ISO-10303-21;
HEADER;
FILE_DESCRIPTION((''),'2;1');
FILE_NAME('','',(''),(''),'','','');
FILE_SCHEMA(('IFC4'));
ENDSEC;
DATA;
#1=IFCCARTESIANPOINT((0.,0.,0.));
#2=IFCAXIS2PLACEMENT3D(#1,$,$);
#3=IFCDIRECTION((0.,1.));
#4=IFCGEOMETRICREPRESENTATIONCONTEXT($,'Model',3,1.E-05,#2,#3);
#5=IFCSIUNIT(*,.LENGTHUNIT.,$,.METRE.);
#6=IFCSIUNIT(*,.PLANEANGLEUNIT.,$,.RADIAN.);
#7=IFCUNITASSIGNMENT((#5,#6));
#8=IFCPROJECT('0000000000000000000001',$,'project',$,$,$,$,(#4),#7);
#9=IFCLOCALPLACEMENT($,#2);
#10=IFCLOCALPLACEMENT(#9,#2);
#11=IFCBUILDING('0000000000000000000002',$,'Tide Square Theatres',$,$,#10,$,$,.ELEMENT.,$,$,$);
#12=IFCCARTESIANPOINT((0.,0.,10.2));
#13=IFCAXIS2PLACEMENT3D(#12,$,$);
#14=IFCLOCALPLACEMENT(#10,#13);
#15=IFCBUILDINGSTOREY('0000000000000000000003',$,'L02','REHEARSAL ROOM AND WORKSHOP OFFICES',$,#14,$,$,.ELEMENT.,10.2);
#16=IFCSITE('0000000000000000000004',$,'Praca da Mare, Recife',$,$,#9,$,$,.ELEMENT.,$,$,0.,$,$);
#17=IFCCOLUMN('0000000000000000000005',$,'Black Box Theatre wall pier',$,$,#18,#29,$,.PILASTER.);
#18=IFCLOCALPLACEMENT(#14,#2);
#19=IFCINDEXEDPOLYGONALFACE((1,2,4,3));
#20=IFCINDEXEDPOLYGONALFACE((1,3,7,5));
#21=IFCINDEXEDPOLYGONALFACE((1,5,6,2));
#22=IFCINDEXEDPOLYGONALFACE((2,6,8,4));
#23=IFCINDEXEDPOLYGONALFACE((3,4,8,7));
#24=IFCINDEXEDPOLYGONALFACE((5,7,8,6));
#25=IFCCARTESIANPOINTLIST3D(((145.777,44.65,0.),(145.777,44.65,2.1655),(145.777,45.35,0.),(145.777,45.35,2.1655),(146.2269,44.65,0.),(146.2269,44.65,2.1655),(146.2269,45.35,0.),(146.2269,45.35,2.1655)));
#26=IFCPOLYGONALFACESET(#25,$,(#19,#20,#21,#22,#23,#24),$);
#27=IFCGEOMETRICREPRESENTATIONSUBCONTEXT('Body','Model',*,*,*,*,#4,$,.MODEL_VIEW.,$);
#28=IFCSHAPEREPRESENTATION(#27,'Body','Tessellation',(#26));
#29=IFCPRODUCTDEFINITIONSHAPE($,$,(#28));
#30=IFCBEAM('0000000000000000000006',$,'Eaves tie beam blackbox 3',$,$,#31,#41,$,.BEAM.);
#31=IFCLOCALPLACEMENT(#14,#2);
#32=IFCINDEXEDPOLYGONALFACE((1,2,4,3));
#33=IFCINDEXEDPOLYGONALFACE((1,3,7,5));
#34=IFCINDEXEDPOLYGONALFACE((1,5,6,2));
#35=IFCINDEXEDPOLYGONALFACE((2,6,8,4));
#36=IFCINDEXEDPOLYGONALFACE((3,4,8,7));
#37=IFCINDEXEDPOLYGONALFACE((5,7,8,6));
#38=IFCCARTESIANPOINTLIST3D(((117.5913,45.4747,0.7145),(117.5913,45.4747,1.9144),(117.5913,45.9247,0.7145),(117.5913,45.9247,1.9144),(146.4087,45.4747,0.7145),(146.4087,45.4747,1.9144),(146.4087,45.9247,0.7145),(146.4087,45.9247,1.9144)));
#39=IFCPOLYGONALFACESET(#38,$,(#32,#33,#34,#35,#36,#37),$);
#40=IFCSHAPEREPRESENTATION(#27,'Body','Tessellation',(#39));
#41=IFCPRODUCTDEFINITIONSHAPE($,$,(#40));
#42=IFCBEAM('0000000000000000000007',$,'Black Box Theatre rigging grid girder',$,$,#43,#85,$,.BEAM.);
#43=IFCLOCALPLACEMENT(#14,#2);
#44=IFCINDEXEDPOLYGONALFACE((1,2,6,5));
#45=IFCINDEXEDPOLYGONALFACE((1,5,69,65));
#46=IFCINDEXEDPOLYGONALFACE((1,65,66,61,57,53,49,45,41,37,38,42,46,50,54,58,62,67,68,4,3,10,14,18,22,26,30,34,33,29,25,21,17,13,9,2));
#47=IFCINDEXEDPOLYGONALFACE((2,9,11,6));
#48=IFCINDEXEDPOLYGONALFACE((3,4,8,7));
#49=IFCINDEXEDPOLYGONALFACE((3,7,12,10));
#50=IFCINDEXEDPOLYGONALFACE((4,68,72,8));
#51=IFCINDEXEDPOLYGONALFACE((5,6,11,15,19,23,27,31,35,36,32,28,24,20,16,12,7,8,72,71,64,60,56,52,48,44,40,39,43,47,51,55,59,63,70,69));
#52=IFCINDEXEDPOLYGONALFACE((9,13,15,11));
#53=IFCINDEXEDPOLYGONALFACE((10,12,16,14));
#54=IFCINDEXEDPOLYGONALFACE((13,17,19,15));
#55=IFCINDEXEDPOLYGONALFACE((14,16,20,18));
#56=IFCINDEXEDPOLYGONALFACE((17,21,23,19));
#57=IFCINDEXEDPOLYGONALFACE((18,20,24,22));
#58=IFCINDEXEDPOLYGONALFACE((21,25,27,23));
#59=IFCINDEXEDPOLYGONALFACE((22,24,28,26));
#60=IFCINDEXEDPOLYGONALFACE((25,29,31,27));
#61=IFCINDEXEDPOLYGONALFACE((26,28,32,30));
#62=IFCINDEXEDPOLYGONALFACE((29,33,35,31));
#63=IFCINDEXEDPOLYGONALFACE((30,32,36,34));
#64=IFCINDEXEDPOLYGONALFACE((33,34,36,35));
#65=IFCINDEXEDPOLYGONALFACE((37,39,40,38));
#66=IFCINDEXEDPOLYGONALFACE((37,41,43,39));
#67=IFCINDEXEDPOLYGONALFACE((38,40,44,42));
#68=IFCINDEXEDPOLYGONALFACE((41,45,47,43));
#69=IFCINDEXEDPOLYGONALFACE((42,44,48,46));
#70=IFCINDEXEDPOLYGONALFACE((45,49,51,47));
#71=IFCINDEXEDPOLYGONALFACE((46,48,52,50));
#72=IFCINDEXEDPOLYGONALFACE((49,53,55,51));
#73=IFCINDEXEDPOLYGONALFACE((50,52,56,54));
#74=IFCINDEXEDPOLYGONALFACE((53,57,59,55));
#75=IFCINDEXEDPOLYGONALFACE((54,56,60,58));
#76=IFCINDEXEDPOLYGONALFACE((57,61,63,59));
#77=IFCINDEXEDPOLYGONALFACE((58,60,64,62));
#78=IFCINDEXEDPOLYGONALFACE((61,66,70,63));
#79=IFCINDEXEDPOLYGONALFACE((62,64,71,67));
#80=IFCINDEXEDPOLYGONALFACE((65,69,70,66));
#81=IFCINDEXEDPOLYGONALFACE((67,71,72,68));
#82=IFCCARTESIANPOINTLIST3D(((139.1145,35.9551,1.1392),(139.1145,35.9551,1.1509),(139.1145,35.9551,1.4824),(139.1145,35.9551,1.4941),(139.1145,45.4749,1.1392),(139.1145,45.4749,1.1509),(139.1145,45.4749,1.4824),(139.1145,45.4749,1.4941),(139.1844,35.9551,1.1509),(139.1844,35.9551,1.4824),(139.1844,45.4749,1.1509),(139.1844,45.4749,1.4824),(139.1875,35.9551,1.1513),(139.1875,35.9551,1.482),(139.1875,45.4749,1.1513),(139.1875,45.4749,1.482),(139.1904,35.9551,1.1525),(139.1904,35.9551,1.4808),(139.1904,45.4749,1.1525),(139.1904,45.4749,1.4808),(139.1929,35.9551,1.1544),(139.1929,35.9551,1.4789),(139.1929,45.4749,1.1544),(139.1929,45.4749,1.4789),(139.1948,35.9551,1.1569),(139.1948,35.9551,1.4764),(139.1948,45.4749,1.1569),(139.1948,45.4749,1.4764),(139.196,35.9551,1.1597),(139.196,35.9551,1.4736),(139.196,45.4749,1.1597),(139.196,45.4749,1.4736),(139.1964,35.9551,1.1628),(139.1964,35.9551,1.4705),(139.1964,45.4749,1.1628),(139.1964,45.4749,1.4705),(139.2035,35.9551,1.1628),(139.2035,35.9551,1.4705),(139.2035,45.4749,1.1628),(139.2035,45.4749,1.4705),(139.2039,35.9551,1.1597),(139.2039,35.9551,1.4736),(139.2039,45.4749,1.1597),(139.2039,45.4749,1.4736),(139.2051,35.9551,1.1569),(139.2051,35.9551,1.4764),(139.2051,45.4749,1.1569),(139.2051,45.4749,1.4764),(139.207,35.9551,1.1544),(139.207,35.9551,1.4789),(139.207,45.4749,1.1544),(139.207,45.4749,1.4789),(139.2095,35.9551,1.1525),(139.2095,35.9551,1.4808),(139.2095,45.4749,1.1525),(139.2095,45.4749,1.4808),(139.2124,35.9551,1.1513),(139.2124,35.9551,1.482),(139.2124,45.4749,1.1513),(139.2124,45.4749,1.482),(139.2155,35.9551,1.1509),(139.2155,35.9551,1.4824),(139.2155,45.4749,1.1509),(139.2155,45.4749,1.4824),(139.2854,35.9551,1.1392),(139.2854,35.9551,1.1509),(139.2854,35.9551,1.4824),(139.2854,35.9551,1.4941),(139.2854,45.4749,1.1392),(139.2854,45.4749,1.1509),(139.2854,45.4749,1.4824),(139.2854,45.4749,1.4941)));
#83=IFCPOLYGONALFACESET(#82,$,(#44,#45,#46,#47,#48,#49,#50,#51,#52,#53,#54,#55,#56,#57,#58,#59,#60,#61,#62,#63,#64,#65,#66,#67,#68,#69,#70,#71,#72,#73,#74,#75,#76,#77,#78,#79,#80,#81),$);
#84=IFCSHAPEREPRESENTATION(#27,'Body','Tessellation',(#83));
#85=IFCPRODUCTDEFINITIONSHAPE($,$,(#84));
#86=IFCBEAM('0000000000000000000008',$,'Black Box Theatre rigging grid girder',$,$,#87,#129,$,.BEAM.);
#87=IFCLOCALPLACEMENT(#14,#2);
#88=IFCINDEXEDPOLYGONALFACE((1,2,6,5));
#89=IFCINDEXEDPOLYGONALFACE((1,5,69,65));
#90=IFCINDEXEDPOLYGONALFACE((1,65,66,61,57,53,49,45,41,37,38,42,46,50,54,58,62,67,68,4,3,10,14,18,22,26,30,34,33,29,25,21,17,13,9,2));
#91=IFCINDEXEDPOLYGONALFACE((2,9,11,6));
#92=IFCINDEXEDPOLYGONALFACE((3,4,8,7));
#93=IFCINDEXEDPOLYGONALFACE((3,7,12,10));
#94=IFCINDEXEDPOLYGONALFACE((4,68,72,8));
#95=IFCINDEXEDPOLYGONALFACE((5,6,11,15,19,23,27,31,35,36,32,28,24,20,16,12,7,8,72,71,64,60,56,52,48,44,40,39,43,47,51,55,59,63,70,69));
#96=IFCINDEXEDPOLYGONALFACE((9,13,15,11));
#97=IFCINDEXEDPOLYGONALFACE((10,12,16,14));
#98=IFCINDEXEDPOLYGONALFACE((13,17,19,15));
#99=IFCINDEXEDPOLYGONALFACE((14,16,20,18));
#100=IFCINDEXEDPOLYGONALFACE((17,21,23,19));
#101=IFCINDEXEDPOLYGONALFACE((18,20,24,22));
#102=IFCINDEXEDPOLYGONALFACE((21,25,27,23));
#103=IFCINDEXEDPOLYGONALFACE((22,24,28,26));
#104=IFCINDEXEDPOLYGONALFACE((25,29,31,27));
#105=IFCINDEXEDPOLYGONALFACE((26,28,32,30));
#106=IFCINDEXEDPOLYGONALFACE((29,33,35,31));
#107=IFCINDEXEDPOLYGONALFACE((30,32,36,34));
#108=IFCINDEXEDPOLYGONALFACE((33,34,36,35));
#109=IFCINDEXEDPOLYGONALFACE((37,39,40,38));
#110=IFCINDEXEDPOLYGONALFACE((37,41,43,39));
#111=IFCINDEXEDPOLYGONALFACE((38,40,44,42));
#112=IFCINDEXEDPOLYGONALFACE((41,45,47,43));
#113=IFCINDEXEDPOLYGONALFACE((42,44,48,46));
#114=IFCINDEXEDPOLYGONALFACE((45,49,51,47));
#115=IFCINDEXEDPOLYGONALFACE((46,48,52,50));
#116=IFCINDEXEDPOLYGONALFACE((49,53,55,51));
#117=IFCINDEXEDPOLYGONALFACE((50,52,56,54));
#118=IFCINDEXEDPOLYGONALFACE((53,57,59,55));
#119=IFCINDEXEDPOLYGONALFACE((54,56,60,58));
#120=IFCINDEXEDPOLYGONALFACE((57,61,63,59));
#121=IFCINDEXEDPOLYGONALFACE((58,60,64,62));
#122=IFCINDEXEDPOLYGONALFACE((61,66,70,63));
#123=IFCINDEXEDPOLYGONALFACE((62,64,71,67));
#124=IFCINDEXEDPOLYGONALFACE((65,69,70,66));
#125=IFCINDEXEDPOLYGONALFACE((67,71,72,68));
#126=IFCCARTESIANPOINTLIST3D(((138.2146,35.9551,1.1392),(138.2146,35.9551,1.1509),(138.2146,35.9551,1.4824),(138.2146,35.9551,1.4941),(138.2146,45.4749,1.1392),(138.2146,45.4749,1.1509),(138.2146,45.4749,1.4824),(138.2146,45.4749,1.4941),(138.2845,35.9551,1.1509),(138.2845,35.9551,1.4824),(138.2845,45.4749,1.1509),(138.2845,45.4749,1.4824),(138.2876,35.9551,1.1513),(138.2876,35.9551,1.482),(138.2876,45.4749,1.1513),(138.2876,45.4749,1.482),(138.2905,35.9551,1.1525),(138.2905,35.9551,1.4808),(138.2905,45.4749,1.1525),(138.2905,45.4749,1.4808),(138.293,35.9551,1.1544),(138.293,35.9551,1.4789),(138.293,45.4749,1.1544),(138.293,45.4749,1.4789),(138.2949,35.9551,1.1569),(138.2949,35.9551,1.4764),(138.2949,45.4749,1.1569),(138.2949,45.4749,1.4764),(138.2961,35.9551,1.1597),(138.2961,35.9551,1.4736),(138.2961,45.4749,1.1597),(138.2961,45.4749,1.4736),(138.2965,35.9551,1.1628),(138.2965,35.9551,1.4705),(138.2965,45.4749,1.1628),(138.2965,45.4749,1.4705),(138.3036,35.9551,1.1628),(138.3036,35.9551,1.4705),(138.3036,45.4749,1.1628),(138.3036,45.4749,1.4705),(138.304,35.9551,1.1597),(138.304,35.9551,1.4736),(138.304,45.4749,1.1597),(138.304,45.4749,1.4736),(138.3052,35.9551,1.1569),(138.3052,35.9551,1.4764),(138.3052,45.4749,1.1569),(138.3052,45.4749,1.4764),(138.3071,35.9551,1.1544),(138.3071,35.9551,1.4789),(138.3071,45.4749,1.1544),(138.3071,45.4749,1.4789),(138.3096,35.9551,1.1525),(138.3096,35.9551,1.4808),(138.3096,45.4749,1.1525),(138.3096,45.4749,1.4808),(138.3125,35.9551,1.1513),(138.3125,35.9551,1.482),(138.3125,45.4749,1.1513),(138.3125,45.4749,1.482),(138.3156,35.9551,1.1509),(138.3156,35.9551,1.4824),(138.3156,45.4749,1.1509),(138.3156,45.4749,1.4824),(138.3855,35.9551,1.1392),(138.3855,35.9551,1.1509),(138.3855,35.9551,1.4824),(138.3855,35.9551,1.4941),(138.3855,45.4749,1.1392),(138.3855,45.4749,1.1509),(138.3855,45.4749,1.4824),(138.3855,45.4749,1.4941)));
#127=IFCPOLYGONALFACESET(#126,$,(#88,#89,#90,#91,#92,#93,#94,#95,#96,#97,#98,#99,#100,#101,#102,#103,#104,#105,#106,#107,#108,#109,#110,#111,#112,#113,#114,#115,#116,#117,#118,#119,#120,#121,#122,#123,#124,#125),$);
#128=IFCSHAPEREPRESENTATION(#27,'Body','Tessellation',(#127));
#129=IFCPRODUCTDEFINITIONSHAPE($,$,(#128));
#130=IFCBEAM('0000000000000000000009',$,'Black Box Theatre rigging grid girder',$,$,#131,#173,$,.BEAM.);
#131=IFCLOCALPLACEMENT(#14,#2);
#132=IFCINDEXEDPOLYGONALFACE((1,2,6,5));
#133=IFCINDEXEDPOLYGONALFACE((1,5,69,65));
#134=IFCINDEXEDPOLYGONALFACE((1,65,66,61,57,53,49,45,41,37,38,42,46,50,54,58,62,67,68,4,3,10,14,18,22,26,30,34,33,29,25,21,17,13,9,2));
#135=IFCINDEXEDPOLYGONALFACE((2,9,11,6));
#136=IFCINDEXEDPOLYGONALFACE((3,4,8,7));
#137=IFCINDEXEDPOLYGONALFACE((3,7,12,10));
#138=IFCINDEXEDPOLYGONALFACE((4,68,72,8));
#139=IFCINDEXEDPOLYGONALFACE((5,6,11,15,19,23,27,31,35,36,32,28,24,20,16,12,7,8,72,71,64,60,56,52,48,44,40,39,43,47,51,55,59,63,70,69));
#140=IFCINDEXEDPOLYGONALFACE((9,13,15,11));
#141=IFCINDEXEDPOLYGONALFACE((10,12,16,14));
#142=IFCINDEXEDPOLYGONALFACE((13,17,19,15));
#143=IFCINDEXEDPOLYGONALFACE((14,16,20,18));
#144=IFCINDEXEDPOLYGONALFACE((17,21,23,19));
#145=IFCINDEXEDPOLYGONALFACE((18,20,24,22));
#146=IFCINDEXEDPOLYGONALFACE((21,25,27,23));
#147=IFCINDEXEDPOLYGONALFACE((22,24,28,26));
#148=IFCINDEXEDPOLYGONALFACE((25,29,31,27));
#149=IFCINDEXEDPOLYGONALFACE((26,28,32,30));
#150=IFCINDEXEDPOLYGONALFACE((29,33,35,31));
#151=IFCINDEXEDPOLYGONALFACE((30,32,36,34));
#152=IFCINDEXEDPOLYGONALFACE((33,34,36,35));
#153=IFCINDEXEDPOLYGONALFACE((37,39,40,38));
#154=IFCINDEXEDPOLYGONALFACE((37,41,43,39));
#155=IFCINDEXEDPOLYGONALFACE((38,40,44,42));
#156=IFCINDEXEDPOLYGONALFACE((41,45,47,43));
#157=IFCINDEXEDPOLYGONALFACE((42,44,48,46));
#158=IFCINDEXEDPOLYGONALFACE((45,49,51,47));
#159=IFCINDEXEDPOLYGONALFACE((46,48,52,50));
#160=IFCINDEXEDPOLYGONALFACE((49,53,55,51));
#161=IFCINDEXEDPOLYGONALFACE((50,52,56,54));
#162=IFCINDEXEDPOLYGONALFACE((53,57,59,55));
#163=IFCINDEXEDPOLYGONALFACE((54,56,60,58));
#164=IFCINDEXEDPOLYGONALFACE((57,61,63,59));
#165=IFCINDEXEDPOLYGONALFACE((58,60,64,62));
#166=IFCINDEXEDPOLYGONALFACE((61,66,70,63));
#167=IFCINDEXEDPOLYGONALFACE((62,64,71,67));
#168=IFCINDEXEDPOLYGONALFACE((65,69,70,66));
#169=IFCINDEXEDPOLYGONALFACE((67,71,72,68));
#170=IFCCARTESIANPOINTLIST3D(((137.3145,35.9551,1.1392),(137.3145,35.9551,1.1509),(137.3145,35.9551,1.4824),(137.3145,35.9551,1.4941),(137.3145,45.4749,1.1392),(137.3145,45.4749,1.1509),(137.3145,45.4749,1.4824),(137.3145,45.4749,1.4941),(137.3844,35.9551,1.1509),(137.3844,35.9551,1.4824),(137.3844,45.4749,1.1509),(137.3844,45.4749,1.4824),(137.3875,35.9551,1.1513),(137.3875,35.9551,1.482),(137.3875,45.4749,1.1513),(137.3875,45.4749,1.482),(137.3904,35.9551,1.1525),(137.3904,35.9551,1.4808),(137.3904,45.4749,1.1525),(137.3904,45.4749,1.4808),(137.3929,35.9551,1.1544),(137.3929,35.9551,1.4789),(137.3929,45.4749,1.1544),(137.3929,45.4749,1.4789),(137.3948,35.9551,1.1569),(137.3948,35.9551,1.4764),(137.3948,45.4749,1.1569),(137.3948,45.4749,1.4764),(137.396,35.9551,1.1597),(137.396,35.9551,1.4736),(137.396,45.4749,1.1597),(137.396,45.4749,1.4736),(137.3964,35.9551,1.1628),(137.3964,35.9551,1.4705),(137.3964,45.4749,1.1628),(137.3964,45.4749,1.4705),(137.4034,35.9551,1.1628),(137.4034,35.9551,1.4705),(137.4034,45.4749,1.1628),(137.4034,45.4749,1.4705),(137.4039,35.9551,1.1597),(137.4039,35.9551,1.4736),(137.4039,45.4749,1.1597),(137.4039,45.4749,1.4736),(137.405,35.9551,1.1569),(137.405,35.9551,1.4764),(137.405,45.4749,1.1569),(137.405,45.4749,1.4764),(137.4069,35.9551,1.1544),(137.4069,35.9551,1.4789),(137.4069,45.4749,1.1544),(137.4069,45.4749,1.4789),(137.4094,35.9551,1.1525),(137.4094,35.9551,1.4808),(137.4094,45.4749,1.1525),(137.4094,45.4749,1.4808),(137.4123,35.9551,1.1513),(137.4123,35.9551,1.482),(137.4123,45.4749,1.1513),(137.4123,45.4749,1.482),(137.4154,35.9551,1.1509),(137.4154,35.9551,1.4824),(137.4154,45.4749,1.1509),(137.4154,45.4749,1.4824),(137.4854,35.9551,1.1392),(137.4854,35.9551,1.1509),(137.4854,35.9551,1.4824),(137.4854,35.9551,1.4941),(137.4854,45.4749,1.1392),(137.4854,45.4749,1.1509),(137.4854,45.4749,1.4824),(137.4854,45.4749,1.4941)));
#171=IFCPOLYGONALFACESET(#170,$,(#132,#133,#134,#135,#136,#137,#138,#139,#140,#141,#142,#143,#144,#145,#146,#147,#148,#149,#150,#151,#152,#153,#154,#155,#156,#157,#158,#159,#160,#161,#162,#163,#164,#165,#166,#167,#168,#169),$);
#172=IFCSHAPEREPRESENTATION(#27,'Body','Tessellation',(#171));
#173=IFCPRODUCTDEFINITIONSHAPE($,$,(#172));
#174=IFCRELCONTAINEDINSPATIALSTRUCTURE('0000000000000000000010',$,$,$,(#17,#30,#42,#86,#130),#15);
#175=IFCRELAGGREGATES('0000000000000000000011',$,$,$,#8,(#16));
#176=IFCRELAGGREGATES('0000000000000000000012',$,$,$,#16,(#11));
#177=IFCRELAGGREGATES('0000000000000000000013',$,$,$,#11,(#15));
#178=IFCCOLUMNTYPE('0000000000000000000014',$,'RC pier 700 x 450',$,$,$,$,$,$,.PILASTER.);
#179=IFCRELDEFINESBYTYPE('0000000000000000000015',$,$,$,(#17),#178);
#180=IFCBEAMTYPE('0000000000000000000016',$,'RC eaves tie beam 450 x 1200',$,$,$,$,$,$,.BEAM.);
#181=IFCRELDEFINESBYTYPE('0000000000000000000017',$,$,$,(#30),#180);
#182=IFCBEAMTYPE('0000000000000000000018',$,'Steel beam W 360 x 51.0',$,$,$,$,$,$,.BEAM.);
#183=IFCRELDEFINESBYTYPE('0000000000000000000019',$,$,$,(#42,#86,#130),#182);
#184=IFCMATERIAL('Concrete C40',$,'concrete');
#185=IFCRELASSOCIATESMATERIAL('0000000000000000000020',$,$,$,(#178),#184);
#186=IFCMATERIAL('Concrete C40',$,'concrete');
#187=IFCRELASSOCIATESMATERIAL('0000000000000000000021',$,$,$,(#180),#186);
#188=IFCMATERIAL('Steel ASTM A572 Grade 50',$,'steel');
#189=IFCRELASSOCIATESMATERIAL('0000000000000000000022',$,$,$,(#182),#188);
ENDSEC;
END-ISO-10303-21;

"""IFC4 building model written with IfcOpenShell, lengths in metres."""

from ifc_helpers import new_model, si_unit, direction, frame, origin, origin_2d, place, context, subcontext, project, spatial, rectangle, i_section, extrude, material, material_profile, profile_set, type_object, element, save


model = new_model("IFC4")

# Units and contexts
model_context = context("Model", 3, precision=1e-05, world=origin(), true_north=direction((0.0, 1.0)))
body_context = subcontext(model_context, "Body", "Model", "MODEL_VIEW")
ifc_project = project(units=[si_unit("LENGTHUNIT", "METRE"), si_unit("PLANEANGLEUNIT", "RADIAN")], contexts=[model_context])

# Site, building, storey
site_placement = place(None, origin())
site = spatial("IfcSite", under=ifc_project, at=site_placement, Name="Praca da Mare, Recife", CompositionType="ELEMENT", RefElevation=0.0)
building_placement = place(site_placement, origin())
building = spatial("IfcBuilding", under=site, at=building_placement, Name="Tide Square Theatres", CompositionType="ELEMENT")
storey_placement = place(building_placement, frame((0.0, 0.0, 10.2)))
storey = spatial("IfcBuildingStorey", under=building, at=storey_placement, Name="L02", Description="REHEARSAL ROOM AND WORKSHOP OFFICES", CompositionType="ELEMENT", Elevation=10.2)

# Column
ifc_material_1 = material(Name="Concrete C40", Category="concrete")
ifc_material_profile_1 = material_profile(ifc_material_1, rectangle(XDim=0.7, YDim=0.45, at=origin_2d()))
ifc_profile_set_1 = profile_set([ifc_material_profile_1], Name="Concrete C40")
column_type = type_object("IfcColumnType", Name="RC pier 700 x 450", PredefinedType="PILASTER", material=ifc_profile_set_1)
column_placement = place(storey_placement, frame((146.002, 45.0, 0.0), z_axis=(0.0, 0.0, 1.0), x_axis=(0.0, 1.0, 0.0)))
element("IfcColumn", 1, at=column_placement, inside=storey, type_object=column_type, Name="Black Box Theatre wall pier", PredefinedType="PILASTER", context=body_context, shape_type="SweptSolid", body=[
    extrude(rectangle(XDim=0.7, YDim=0.45, at=origin_2d()), origin(), (0.0, 0.0, 1.0), 2.1655),
])

# Beams
ifc_material_2 = material(Name="Concrete C40", Category="concrete")
ifc_material_profile_2 = material_profile(ifc_material_2, rectangle(XDim=0.45, YDim=1.2, at=origin_2d()))
ifc_profile_set_2 = profile_set([ifc_material_profile_2], Name="Concrete C40")
beam_type_1 = type_object("IfcBeamType", Name="RC eaves tie beam 450 x 1200", PredefinedType="BEAM", material=ifc_profile_set_2)
beam_placement = place(storey_placement, frame((146.4087, 45.6997, 1.3145), z_axis=(-1.0, 0.0, 0.0), x_axis=(0.0, -1.0, 0.0)))
element("IfcBeam", 2, at=beam_placement, inside=storey, type_object=beam_type_1, Name="Eaves tie beam blackbox 3", PredefinedType="BEAM", context=body_context, shape_type="SweptSolid", body=[
    extrude(rectangle(XDim=0.45, YDim=1.2, at=origin_2d()), origin(), (0.0, 0.0, 1.0), 28.8174),
])
ifc_material_3 = material(Name="Steel ASTM A572 Grade 50", Category="steel")
ifc_material_profile_3 = material_profile(ifc_material_3, i_section(OverallWidth=0.1709, OverallDepth=0.355, WebThickness=0.0071, FlangeThickness=0.0117, FilletRadius=0.012, at=origin_2d()))
ifc_profile_set_3 = profile_set([ifc_material_profile_3], Name="Steel ASTM A572 Grade 50")
beam_type_2 = type_object("IfcBeamType", Name="Steel beam W 360 x 51.0", PredefinedType="BEAM", material=ifc_profile_set_3)
for number, where, z_axis, x_axis, name in (
    (3, (139.2, 35.9551, 1.3167), (0.0, 1.0, 0.0), (-1.0, 0.0, 0.0), "Black Box Theatre rigging grid girder"),
    (4, (138.3, 35.9551, 1.3167), (0.0, 1.0, 0.0), (-1.0, 0.0, 0.0), "Black Box Theatre rigging grid girder"),
    (5, (137.3999, 35.9551, 1.3167), (0.0, 1.0, 0.0), (-1.0, 0.0, 0.0), "Black Box Theatre rigging grid girder"),
):
    element("IfcBeam", number, at=place(storey_placement, frame(where, z_axis=z_axis, x_axis=x_axis)), inside=storey, type_object=beam_type_2, Name=name, PredefinedType="BEAM", context=body_context, shape_type="SweptSolid", body=[
        extrude(i_section(OverallWidth=0.1709, OverallDepth=0.355, WebThickness=0.0071, FlangeThickness=0.0117, FilletRadius=0.012, at=origin_2d()), origin(), (0.0, 0.0, 1.0), 9.5198),
    ])

save(model, "model.ifc")
